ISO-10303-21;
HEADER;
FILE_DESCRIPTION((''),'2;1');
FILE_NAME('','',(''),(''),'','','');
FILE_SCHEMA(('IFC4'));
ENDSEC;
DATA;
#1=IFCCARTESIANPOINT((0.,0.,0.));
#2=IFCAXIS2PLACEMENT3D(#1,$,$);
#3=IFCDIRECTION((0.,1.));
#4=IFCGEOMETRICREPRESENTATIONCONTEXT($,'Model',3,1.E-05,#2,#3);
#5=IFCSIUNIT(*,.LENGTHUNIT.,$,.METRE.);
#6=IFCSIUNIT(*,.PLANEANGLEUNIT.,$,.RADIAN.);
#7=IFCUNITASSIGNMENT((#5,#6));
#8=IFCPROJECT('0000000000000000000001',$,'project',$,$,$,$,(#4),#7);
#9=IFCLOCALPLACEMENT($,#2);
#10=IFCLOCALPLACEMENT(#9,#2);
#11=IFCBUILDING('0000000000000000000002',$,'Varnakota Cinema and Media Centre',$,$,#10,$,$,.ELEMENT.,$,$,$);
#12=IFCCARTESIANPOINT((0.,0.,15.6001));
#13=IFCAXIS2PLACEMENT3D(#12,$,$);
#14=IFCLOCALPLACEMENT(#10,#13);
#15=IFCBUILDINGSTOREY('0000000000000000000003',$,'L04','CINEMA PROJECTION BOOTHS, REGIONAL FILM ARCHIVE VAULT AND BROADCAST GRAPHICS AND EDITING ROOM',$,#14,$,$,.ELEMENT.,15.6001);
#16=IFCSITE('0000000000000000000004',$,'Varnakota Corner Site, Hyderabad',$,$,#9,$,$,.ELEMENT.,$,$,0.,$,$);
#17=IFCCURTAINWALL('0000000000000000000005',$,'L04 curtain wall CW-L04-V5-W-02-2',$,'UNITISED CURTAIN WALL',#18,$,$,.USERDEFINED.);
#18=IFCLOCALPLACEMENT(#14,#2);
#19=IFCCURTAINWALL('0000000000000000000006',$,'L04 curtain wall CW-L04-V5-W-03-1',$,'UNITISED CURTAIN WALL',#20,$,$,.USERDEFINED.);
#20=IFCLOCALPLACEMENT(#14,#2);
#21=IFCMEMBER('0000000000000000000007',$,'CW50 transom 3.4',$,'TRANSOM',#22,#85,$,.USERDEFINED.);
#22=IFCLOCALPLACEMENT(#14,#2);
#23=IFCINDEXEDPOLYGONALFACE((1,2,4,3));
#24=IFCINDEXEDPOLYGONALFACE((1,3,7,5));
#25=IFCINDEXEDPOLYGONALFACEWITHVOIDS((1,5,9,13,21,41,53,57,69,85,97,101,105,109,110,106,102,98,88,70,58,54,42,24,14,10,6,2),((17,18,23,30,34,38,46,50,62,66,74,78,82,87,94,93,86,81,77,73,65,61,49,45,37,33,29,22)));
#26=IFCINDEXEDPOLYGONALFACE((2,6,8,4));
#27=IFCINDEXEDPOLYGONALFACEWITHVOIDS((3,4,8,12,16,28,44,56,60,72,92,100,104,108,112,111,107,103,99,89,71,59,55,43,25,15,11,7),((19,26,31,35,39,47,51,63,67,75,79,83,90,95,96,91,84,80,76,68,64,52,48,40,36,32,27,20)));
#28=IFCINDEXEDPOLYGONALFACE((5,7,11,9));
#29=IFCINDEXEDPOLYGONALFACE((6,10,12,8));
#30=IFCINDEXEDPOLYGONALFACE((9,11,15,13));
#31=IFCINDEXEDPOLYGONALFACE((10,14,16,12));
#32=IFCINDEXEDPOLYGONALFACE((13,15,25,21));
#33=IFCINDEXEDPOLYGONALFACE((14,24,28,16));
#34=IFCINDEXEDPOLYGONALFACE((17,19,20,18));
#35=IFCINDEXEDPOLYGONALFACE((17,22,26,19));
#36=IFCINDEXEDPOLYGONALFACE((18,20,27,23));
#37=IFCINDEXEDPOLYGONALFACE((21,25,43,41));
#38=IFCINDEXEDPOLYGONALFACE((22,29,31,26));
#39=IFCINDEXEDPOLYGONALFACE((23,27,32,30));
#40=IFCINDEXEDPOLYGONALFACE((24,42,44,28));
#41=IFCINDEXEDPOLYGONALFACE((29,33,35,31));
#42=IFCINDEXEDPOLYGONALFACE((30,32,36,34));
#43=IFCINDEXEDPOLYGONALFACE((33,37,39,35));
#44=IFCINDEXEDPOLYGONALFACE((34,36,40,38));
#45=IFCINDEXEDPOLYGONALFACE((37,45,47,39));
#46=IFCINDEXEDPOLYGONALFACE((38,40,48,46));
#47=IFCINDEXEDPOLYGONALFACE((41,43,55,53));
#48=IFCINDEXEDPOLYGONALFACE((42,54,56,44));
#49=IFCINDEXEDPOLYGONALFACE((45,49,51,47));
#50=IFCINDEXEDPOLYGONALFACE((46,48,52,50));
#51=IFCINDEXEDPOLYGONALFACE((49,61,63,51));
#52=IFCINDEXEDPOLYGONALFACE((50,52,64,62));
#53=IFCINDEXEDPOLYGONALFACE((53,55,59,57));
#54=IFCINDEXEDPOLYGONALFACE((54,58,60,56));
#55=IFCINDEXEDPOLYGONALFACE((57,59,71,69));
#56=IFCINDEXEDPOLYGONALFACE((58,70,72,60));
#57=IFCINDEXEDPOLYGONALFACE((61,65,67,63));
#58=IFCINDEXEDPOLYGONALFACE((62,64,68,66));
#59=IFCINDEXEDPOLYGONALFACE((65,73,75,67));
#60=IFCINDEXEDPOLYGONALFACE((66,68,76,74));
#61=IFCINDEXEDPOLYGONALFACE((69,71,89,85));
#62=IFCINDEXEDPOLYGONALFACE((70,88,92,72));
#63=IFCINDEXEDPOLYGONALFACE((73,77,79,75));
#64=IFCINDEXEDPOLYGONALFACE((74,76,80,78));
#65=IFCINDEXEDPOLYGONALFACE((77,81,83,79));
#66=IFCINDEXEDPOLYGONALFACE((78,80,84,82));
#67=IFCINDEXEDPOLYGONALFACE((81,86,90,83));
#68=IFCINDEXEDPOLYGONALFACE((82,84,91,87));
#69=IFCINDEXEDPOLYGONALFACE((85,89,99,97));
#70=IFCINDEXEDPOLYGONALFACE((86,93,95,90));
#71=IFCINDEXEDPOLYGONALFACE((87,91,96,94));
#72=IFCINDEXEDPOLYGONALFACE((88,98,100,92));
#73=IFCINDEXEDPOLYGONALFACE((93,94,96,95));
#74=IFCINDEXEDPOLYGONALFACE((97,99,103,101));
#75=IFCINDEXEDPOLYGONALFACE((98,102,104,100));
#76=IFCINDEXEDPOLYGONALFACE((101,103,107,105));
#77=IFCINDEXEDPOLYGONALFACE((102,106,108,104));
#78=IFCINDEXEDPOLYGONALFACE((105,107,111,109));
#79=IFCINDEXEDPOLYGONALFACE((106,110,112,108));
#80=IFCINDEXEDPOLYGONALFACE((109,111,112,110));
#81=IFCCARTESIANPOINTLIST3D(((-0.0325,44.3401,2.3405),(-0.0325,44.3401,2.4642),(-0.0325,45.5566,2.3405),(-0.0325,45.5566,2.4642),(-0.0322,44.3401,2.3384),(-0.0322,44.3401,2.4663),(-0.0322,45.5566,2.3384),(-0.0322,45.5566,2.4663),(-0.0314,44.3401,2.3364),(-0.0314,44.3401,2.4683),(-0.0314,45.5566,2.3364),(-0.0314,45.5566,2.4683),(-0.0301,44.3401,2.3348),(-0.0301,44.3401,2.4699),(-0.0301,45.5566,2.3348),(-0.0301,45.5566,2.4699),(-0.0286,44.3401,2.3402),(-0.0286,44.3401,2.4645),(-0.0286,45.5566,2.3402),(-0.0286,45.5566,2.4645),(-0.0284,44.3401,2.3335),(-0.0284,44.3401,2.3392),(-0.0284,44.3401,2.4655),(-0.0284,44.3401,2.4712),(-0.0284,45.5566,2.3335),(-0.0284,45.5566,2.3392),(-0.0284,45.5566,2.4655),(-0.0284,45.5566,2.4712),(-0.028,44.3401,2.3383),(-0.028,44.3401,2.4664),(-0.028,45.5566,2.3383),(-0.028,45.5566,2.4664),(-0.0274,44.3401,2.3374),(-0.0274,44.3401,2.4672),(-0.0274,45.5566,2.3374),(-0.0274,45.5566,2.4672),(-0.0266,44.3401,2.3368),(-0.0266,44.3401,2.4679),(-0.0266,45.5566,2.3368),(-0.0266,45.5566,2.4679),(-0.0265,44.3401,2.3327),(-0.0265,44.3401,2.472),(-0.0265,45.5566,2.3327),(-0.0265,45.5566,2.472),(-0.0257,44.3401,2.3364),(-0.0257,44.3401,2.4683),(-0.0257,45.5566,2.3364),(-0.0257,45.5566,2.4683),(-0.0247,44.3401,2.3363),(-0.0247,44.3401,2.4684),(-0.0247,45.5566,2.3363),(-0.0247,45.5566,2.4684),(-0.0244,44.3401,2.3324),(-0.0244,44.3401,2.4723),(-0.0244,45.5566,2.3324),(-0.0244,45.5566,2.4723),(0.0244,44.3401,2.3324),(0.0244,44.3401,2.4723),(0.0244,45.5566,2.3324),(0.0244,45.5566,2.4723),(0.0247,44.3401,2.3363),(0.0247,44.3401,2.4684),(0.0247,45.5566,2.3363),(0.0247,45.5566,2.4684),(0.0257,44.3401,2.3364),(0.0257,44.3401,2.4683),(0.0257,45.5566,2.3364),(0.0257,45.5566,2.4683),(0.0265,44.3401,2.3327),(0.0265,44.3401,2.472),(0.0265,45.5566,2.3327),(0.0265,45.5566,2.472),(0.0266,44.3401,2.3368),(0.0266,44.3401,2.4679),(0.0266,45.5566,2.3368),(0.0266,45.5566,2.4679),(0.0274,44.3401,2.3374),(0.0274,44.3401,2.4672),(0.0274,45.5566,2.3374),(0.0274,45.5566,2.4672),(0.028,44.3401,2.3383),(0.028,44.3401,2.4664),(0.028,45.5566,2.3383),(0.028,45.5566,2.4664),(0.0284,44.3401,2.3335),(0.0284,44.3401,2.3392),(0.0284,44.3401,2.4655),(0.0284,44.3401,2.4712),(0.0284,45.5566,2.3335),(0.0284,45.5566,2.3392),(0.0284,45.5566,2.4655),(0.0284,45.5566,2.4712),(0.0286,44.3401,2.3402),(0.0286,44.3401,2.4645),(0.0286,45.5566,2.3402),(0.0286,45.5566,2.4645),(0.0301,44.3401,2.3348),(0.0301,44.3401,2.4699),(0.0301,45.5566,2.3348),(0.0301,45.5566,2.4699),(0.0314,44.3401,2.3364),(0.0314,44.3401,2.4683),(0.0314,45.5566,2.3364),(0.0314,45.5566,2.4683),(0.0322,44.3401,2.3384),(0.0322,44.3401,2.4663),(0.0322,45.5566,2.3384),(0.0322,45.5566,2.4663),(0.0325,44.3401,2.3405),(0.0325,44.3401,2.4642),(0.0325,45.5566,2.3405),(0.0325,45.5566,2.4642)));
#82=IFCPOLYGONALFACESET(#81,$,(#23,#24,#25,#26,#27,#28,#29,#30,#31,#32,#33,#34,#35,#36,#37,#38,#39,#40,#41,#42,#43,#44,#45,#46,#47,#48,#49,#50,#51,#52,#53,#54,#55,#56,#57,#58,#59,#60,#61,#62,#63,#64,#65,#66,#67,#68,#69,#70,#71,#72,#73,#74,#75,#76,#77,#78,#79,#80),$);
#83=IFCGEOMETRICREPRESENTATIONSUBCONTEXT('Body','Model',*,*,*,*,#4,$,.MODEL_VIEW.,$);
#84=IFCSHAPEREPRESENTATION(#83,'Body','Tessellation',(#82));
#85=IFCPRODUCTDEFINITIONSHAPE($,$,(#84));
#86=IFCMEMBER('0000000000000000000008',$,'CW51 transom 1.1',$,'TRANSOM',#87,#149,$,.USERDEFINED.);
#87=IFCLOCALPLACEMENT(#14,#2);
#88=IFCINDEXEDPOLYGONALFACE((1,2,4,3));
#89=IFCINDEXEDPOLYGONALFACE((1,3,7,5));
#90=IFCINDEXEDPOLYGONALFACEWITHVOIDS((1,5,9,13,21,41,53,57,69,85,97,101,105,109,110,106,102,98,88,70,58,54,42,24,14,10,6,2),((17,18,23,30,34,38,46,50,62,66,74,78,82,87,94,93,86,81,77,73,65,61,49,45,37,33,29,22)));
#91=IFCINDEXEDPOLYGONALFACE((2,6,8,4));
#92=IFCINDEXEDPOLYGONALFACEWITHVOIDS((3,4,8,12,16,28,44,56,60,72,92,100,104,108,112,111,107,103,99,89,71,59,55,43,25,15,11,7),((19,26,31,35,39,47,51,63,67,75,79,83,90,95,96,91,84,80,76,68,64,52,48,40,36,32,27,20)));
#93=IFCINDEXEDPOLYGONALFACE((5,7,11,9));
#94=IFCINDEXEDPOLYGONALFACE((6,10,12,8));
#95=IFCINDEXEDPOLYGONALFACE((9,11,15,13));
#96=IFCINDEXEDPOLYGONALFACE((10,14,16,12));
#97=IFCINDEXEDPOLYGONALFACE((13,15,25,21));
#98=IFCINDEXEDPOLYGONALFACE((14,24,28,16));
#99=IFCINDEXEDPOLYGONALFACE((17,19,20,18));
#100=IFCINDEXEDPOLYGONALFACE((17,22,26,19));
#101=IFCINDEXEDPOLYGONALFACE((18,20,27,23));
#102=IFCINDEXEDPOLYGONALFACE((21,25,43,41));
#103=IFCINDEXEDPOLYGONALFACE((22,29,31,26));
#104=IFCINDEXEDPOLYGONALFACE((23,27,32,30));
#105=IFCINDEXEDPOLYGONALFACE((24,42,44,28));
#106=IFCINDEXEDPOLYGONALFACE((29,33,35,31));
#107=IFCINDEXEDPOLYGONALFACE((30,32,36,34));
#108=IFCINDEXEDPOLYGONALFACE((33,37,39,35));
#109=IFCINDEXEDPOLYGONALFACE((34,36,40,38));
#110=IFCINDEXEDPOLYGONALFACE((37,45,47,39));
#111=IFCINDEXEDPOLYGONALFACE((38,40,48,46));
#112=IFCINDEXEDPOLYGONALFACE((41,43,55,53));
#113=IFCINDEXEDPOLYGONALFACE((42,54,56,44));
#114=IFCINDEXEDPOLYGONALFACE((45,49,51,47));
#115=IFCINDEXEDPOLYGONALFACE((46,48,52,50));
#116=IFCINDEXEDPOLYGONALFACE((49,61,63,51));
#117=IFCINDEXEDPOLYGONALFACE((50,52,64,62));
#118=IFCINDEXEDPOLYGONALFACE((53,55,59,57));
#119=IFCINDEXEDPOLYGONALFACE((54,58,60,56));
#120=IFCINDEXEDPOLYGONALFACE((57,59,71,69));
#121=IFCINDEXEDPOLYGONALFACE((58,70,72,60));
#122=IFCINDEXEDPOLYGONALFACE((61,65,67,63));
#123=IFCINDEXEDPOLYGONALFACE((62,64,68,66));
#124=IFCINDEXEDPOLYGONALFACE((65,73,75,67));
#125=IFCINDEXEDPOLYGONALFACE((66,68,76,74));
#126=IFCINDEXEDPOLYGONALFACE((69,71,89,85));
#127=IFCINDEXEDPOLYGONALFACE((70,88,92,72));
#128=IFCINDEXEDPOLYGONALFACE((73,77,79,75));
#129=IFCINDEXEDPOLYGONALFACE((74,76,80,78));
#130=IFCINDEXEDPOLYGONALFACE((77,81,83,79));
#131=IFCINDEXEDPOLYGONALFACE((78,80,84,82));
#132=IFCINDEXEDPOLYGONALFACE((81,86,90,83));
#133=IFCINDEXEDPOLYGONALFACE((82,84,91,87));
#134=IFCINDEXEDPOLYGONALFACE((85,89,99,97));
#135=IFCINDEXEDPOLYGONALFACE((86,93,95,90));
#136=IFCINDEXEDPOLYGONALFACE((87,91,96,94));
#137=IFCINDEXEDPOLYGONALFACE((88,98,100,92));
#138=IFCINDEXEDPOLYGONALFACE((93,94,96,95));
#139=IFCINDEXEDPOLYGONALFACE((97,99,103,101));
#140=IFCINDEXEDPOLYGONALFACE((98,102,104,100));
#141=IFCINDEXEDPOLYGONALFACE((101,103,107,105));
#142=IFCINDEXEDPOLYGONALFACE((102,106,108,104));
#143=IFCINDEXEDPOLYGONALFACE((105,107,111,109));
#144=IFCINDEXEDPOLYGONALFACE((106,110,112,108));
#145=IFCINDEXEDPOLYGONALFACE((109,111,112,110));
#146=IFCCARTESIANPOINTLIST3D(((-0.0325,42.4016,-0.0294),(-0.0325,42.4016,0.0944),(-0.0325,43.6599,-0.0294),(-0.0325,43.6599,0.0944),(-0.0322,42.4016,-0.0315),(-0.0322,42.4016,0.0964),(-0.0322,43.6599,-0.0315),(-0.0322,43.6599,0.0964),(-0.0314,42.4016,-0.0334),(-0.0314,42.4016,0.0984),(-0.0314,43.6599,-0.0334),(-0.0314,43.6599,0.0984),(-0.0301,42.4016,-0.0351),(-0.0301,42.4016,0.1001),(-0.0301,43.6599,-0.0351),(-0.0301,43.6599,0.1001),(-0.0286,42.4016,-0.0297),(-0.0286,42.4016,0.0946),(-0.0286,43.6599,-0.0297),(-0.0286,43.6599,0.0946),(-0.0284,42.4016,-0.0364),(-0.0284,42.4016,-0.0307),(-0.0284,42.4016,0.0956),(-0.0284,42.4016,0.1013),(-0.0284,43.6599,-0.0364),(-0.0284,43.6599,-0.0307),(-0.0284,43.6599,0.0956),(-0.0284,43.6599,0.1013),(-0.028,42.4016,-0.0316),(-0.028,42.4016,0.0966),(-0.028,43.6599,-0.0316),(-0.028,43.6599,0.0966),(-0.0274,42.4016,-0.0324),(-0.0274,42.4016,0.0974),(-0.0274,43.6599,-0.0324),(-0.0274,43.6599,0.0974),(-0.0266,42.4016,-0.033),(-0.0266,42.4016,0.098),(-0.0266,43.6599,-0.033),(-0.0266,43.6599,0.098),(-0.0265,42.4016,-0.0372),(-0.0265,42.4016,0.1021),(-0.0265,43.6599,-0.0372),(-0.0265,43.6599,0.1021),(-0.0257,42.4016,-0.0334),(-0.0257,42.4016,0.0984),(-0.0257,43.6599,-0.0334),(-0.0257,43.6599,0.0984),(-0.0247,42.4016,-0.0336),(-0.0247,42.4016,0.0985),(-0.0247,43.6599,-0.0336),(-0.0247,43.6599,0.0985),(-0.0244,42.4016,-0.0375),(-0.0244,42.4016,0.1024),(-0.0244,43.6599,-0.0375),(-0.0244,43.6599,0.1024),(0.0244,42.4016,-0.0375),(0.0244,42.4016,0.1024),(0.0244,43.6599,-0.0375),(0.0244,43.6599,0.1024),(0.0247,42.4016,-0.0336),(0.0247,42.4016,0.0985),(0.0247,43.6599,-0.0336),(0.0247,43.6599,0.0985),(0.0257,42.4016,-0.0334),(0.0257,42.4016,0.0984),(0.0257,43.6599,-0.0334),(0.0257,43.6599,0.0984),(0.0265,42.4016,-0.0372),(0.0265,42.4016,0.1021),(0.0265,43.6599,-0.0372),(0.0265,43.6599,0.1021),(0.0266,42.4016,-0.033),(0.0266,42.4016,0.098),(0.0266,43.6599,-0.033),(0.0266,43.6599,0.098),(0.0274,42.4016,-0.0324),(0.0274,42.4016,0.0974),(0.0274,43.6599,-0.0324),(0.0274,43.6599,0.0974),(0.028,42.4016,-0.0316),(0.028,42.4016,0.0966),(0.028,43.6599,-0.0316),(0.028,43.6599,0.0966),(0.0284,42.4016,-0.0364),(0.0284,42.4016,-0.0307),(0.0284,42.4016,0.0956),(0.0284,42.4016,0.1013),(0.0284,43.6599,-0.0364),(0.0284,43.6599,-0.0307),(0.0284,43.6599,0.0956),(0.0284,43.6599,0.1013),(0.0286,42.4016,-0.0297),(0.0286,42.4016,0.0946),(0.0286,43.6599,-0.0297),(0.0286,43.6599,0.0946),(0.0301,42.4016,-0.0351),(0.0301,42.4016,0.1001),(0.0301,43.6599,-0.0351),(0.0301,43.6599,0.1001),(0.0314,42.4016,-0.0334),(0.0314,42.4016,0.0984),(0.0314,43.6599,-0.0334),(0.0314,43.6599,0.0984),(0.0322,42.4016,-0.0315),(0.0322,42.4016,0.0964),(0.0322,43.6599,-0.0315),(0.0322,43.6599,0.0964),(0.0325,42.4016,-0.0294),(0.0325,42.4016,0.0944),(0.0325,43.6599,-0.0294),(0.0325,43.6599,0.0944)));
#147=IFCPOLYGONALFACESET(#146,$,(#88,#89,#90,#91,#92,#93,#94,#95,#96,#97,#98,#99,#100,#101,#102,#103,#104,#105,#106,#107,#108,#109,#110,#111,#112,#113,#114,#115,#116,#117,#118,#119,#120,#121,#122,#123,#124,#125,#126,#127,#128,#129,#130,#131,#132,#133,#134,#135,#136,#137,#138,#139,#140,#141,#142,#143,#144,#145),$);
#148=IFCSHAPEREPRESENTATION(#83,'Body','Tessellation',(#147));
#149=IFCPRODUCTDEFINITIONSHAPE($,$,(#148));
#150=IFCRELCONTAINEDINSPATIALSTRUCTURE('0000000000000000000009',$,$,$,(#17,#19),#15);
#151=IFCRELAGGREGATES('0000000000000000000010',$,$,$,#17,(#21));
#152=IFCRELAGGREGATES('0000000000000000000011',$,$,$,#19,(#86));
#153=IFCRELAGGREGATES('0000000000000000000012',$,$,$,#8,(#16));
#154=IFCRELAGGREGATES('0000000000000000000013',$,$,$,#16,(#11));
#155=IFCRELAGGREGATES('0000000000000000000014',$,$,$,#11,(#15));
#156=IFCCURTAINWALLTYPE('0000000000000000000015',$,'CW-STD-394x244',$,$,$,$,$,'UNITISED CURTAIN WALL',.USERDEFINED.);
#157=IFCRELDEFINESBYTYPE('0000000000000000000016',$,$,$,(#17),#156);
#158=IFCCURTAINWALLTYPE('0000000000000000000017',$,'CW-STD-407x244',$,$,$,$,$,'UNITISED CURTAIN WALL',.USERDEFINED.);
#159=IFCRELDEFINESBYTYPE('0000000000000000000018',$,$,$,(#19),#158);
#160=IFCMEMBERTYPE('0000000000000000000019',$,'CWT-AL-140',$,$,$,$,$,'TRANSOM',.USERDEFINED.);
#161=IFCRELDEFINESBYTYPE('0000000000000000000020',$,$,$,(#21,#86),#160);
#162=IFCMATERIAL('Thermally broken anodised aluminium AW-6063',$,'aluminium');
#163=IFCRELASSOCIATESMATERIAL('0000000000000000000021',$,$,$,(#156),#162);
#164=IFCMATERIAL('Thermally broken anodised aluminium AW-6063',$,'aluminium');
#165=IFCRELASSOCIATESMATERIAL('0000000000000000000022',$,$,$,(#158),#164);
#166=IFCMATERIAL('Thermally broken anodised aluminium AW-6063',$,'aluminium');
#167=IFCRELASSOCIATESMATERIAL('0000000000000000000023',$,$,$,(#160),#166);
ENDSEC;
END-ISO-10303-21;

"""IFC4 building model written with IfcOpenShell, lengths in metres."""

from ifc_helpers import new_model, si_unit, direction, frame, origin, origin_2d, place, context, subcontext, project, spatial, hollow_rectangle, extrude, material, material_profile, profile_set, type_object, element, aggregate, save


model = new_model("IFC4")

# Units and contexts
model_context = context("Model", 3, precision=1e-05, world=origin(), true_north=direction((0.0, 1.0)))
body_context = subcontext(model_context, "Body", "Model", "MODEL_VIEW")
ifc_project = project(units=[si_unit("LENGTHUNIT", "METRE"), si_unit("PLANEANGLEUNIT", "RADIAN")], contexts=[model_context])

# Site, building, storey
site_placement = place(None, origin())
site = spatial("IfcSite", under=ifc_project, at=site_placement, Name="Varnakota Corner Site, Hyderabad", CompositionType="ELEMENT", RefElevation=0.0)
building_placement = place(site_placement, origin())
building = spatial("IfcBuilding", under=site, at=building_placement, Name="Varnakota Cinema and Media Centre", CompositionType="ELEMENT")
storey_placement = place(building_placement, frame((0.0, 0.0, 15.6001)))
storey = spatial("IfcBuildingStorey", under=building, at=storey_placement, Name="L04", Description="CINEMA PROJECTION BOOTHS, REGIONAL FILM ARCHIVE VAULT AND BROADCAST GRAPHICS AND EDITING ROOM", CompositionType="ELEMENT", Elevation=15.6001)

# Curtain walls
ifc_material_1 = material(Name="Thermally broken anodised aluminium AW-6063", Category="aluminium")
curtain_wall_type_1 = type_object("IfcCurtainWallType", Name="CW-STD-394x244", ElementType="UNITISED CURTAIN WALL", PredefinedType="USERDEFINED", material=ifc_material_1)
curtain_wall_1_placement = place(storey_placement, origin())
curtain_wall_1 = element("IfcCurtainWall", 1, at=curtain_wall_1_placement, inside=storey, type_object=curtain_wall_type_1, Name="L04 curtain wall CW-L04-V5-W-02-2", ObjectType="UNITISED CURTAIN WALL", PredefinedType="USERDEFINED")
ifc_material_2 = material(Name="Thermally broken anodised aluminium AW-6063", Category="aluminium")
curtain_wall_type_2 = type_object("IfcCurtainWallType", Name="CW-STD-407x244", ElementType="UNITISED CURTAIN WALL", PredefinedType="USERDEFINED", material=ifc_material_2)
curtain_wall_2_placement = place(storey_placement, origin())
curtain_wall_2 = element("IfcCurtainWall", 2, at=curtain_wall_2_placement, inside=storey, type_object=curtain_wall_type_2, Name="L04 curtain wall CW-L04-V5-W-03-1", ObjectType="UNITISED CURTAIN WALL", PredefinedType="USERDEFINED")

# Members
ifc_material_3 = material(Name="Thermally broken anodised aluminium AW-6063", Category="aluminium")
ifc_material_profile_1 = material_profile(ifc_material_3, hollow_rectangle(XDim=0.0649, YDim=0.1399, WallThickness=0.0039, InnerFilletRadius=0.0039, OuterFilletRadius=0.0081, at=origin_2d()), Name="AL-TRANSOM 140x65x4")
ifc_profile_set_1 = profile_set([ifc_material_profile_1], Name="Thermally broken anodised aluminium AW-6063")
member_type_1 = type_object("IfcMemberType", Name="CWT-AL-140", ElementType="TRANSOM", PredefinedType="USERDEFINED", material=ifc_profile_set_1)
member_1_placement = place(storey_placement, frame((0.0, 45.5566, 2.4023), z_axis=(0.0, -1.0, 0.0), x_axis=(1.0, 0.0, 0.0)))
member_1 = element("IfcMember", 3, at=member_1_placement, type_object=member_type_1, Name="CW50 transom 3.4", ObjectType="TRANSOM", PredefinedType="USERDEFINED", context=body_context, shape_type="SweptSolid", body=[
    extrude(hollow_rectangle(XDim=0.0649, YDim=0.1399, WallThickness=0.0039, InnerFilletRadius=0.0039, OuterFilletRadius=0.0081, at=origin_2d()), origin(), (0.0, 0.0, 1.0), 1.2166),
])
member_2_placement = place(storey_placement, frame((0.0, 43.6599, 0.0325), z_axis=(0.0, -1.0, 0.0), x_axis=(1.0, 0.0, 0.0)))
member_2 = element("IfcMember", 4, at=member_2_placement, type_object=member_type_1, Name="CW51 transom 1.1", ObjectType="TRANSOM", PredefinedType="USERDEFINED", context=body_context, shape_type="SweptSolid", body=[
    extrude(hollow_rectangle(XDim=0.0649, YDim=0.1399, WallThickness=0.0039, InnerFilletRadius=0.0039, OuterFilletRadius=0.0081, at=origin_2d()), origin(), (0.0, 0.0, 1.0), 1.2583),
])

aggregate(curtain_wall_1, [member_1])
aggregate(curtain_wall_2, [member_2])

save(model, "model.ifc")
